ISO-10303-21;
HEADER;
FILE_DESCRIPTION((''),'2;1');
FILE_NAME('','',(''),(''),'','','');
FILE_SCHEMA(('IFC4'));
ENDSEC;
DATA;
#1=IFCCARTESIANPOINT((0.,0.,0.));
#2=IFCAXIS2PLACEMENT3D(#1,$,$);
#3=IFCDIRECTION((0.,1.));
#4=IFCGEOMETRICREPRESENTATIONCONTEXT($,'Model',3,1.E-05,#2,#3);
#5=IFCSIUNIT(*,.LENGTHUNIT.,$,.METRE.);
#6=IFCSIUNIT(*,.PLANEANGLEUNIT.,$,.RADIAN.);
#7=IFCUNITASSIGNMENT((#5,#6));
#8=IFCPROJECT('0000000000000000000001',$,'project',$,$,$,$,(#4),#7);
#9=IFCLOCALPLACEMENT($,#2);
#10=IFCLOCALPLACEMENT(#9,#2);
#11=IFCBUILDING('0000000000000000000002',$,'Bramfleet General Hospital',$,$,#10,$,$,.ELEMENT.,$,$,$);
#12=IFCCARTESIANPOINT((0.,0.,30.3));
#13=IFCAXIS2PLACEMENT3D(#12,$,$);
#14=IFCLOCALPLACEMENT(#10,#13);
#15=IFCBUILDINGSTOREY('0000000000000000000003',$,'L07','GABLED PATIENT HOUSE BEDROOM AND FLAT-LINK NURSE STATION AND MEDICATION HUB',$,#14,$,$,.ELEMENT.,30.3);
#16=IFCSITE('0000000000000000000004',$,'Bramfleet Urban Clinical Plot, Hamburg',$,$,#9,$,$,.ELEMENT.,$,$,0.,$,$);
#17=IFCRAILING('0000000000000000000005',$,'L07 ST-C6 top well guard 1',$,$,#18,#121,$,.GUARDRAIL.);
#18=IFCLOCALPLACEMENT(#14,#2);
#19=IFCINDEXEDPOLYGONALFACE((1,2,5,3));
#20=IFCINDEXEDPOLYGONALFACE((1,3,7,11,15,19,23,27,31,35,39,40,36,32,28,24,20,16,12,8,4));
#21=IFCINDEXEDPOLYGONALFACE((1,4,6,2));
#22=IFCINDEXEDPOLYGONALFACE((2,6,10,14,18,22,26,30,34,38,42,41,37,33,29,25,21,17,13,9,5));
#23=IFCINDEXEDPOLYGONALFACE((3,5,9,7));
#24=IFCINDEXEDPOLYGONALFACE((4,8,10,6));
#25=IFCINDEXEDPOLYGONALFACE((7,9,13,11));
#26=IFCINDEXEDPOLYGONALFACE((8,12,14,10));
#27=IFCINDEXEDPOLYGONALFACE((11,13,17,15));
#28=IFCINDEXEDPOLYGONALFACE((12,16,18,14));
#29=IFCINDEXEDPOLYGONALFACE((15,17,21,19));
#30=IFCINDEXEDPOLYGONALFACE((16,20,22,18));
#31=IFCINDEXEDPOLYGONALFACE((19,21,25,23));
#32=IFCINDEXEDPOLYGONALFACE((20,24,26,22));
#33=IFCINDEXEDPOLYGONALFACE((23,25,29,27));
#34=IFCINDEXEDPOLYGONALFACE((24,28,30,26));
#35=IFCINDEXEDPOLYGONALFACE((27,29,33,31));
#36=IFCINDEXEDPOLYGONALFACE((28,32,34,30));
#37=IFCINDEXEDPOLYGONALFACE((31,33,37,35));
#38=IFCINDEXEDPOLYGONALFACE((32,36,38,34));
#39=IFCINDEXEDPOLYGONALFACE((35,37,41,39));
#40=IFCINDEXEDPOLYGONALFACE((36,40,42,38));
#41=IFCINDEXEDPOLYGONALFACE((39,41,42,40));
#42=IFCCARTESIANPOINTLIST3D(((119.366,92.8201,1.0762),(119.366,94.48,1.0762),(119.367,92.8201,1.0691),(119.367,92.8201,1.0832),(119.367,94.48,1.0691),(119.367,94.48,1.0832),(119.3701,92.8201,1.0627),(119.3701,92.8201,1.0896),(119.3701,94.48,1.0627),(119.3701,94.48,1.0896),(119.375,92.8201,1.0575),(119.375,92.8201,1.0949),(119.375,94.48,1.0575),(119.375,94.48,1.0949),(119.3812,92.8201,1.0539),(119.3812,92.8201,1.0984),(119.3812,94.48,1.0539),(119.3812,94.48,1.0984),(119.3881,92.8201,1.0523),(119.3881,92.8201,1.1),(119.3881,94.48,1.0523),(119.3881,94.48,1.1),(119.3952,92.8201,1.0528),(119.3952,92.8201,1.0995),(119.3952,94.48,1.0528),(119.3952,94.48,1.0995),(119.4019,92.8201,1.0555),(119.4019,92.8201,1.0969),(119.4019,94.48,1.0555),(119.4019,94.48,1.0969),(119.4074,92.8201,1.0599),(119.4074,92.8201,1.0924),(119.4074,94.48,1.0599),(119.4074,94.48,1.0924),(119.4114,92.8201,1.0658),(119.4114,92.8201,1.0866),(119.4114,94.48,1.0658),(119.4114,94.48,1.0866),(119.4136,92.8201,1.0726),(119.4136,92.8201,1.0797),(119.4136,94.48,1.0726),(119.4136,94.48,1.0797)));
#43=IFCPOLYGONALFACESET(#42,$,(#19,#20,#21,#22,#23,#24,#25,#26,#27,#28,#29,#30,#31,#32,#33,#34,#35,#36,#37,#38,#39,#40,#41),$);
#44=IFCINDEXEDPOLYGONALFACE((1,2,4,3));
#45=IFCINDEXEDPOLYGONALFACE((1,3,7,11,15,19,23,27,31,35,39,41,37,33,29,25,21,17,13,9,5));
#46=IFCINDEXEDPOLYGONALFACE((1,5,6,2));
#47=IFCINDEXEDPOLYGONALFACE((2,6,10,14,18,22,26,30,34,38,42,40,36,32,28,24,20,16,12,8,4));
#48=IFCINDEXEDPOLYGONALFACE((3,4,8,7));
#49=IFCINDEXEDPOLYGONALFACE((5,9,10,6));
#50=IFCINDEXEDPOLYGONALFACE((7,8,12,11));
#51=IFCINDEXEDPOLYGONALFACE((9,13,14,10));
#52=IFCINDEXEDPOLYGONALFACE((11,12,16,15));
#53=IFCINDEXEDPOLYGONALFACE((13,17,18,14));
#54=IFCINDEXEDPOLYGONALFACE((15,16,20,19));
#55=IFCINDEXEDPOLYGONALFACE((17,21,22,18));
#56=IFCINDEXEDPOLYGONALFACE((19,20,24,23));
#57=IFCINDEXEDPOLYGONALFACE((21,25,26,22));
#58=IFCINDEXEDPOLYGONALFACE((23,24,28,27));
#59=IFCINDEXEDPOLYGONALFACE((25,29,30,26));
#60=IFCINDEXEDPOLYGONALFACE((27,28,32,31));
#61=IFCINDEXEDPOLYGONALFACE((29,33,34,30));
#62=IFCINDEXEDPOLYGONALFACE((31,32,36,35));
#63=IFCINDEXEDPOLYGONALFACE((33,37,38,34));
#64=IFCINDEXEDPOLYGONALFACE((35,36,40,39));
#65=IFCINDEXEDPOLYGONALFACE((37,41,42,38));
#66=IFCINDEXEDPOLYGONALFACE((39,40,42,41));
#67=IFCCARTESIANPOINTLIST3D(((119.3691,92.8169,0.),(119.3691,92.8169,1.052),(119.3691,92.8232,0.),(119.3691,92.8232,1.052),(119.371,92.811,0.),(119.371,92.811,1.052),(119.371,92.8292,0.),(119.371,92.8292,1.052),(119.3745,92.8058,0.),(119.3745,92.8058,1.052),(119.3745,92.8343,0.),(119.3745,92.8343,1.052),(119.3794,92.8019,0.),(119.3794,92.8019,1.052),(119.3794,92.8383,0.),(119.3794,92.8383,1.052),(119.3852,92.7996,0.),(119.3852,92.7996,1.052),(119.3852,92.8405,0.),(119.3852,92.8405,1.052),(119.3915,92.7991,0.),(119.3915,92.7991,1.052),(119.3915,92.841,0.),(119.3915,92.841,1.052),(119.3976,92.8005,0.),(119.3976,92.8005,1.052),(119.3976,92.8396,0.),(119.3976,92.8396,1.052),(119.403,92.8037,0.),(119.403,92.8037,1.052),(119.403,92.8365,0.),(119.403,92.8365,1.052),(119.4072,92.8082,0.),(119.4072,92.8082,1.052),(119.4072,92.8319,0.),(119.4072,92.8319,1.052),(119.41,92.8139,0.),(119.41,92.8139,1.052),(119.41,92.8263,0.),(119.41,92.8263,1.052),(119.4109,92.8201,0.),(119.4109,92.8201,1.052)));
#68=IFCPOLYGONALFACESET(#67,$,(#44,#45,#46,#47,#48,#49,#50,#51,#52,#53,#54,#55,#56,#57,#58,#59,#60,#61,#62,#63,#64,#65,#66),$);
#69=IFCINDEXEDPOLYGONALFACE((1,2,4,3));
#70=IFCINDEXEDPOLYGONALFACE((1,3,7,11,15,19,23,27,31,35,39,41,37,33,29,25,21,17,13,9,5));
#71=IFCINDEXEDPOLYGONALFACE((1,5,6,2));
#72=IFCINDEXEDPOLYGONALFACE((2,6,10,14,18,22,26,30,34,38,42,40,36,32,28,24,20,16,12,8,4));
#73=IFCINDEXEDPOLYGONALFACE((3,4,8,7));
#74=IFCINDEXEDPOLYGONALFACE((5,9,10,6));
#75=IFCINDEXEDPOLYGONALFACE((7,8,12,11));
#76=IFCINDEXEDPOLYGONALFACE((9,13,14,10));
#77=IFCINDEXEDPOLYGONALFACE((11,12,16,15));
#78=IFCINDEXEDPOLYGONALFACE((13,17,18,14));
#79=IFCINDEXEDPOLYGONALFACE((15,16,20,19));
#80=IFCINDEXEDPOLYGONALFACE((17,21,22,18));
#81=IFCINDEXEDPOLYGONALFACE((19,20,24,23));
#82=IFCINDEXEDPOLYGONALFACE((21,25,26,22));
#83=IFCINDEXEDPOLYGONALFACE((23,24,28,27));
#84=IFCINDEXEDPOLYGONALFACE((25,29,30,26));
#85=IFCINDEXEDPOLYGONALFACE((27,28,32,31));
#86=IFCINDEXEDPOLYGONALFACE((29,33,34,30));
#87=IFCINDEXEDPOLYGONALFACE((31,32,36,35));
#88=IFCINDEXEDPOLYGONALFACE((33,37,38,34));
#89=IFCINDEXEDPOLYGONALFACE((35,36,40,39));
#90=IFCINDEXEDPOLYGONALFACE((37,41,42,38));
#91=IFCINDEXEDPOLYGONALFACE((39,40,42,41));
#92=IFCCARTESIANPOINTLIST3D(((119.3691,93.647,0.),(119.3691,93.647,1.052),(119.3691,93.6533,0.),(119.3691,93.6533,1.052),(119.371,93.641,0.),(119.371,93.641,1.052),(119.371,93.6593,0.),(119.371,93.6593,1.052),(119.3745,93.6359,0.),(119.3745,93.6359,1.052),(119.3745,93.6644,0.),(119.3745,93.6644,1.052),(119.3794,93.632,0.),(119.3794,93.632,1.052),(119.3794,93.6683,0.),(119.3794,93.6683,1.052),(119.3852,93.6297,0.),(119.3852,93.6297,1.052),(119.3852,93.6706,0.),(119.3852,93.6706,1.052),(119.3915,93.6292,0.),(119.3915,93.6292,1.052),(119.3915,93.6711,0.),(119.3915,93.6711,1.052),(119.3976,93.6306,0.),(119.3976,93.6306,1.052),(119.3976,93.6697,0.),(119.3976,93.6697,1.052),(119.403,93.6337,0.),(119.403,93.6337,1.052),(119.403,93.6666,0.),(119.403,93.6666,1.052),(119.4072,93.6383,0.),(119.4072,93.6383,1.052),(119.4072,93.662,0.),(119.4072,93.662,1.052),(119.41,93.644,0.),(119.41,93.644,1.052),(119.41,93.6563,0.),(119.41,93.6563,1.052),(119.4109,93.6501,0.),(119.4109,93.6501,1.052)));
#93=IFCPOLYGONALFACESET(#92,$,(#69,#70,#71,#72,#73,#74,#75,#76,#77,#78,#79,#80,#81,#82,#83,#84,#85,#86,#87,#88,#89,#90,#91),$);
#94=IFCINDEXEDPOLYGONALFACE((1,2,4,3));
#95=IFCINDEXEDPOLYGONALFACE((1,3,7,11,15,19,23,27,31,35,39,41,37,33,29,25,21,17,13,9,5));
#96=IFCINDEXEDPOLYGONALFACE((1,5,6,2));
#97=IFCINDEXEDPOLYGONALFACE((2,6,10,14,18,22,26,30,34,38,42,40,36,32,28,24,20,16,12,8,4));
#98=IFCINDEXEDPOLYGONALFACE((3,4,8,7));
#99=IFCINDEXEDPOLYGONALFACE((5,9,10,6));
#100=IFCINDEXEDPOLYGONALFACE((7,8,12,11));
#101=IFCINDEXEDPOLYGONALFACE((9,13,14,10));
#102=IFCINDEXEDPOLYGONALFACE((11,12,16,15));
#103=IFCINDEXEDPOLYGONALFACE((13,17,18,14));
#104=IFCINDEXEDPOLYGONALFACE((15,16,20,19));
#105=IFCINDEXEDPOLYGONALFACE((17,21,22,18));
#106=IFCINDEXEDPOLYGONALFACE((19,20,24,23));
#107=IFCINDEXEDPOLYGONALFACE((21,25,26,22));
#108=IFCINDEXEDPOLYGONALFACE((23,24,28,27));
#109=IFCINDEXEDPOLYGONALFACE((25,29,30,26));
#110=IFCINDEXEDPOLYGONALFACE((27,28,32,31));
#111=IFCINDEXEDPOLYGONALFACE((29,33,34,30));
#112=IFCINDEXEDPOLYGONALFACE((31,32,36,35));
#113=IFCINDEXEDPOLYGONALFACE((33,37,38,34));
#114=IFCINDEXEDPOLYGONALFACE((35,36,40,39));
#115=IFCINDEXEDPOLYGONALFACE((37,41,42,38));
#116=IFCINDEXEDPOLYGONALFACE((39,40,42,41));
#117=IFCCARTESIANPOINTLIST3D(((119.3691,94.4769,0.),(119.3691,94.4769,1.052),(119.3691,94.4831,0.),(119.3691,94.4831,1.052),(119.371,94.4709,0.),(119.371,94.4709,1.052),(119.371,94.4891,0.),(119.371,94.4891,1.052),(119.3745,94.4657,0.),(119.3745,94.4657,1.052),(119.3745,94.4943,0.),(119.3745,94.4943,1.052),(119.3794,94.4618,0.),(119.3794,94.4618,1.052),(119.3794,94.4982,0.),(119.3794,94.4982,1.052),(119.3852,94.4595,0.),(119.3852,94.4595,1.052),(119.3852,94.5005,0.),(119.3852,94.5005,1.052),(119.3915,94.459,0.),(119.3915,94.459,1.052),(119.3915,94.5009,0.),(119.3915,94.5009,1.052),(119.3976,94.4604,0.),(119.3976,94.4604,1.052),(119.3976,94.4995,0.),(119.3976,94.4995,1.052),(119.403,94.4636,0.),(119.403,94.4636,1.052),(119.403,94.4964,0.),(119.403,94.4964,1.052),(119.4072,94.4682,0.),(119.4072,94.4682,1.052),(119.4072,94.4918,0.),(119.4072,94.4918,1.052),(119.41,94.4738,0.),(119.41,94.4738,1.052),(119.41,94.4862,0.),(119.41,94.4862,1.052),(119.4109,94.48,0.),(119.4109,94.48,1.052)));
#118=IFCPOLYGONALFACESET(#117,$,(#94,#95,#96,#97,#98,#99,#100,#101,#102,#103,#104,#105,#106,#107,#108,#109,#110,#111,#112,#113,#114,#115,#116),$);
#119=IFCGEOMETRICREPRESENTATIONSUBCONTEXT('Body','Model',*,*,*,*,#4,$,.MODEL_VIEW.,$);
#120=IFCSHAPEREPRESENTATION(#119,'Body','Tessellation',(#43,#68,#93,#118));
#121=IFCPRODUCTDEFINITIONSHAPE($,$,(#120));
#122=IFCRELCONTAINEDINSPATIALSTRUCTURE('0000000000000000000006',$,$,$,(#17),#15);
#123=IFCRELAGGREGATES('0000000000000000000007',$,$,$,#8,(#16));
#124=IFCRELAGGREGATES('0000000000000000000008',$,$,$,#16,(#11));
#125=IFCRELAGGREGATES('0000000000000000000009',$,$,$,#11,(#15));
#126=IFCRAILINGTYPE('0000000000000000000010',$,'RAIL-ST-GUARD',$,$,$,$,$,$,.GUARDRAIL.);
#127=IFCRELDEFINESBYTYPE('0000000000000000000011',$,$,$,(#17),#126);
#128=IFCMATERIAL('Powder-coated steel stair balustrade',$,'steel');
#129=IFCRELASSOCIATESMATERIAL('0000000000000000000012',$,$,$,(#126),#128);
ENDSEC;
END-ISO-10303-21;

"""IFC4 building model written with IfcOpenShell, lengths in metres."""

from ifc_helpers import new_model, si_unit, direction, frame, origin, origin_2d, place, context, subcontext, project, spatial, circle, extrude, material, type_object, element, save


model = new_model("IFC4")

# Units and contexts
model_context = context("Model", 3, precision=1e-05, world=origin(), true_north=direction((0.0, 1.0)))
body_context = subcontext(model_context, "Body", "Model", "MODEL_VIEW")
ifc_project = project(units=[si_unit("LENGTHUNIT", "METRE"), si_unit("PLANEANGLEUNIT", "RADIAN")], contexts=[model_context])

# Site, building, storey
site_placement = place(None, origin())
site = spatial("IfcSite", under=ifc_project, at=site_placement, Name="Bramfleet Urban Clinical Plot, Hamburg", CompositionType="ELEMENT", RefElevation=0.0)
building_placement = place(site_placement, origin())
building = spatial("IfcBuilding", under=site, at=building_placement, Name="Bramfleet General Hospital", CompositionType="ELEMENT")
storey_placement = place(building_placement, frame((0.0, 0.0, 30.3)))
storey = spatial("IfcBuildingStorey", under=building, at=storey_placement, Name="L07", Description="GABLED PATIENT HOUSE BEDROOM AND FLAT-LINK NURSE STATION AND MEDICATION HUB", CompositionType="ELEMENT", Elevation=30.3)

# Railing
ifc_material_1 = material(Name="Powder-coated steel stair balustrade", Category="steel")
railing_type = type_object("IfcRailingType", Name="RAIL-ST-GUARD", PredefinedType="GUARDRAIL", material=ifc_material_1)
railing_placement = place(storey_placement, frame((119.3899, 92.8201, 0.0)))
element("IfcRailing", 1, at=railing_placement, inside=storey, type_object=railing_type, Name="L07 ST-C6 top well guard 1", PredefinedType="GUARDRAIL", context=body_context, shape_type="SweptSolid", body=[
    extrude(circle(Radius=0.0239, at=origin_2d()), frame((0.0, 0.0, 1.0762), z_axis=(0.0, 1.0, 0.0), x_axis=(-1.0, 0.0, 0.0)), (0.0, 0.0, 1.0), 1.6599),
    extrude(circle(Radius=0.021, at=origin_2d()), origin(), (0.0, 0.0, 1.0), 1.052),
    extrude(circle(Radius=0.021, at=origin_2d()), frame((0.0, 0.8301, 0.0)), (0.0, 0.0, 1.0), 1.052),
    extrude(circle(Radius=0.021, at=origin_2d()), frame((0.0, 1.6599, 0.0)), (0.0, 0.0, 1.0), 1.052),
])

save(model, "model.ifc")
